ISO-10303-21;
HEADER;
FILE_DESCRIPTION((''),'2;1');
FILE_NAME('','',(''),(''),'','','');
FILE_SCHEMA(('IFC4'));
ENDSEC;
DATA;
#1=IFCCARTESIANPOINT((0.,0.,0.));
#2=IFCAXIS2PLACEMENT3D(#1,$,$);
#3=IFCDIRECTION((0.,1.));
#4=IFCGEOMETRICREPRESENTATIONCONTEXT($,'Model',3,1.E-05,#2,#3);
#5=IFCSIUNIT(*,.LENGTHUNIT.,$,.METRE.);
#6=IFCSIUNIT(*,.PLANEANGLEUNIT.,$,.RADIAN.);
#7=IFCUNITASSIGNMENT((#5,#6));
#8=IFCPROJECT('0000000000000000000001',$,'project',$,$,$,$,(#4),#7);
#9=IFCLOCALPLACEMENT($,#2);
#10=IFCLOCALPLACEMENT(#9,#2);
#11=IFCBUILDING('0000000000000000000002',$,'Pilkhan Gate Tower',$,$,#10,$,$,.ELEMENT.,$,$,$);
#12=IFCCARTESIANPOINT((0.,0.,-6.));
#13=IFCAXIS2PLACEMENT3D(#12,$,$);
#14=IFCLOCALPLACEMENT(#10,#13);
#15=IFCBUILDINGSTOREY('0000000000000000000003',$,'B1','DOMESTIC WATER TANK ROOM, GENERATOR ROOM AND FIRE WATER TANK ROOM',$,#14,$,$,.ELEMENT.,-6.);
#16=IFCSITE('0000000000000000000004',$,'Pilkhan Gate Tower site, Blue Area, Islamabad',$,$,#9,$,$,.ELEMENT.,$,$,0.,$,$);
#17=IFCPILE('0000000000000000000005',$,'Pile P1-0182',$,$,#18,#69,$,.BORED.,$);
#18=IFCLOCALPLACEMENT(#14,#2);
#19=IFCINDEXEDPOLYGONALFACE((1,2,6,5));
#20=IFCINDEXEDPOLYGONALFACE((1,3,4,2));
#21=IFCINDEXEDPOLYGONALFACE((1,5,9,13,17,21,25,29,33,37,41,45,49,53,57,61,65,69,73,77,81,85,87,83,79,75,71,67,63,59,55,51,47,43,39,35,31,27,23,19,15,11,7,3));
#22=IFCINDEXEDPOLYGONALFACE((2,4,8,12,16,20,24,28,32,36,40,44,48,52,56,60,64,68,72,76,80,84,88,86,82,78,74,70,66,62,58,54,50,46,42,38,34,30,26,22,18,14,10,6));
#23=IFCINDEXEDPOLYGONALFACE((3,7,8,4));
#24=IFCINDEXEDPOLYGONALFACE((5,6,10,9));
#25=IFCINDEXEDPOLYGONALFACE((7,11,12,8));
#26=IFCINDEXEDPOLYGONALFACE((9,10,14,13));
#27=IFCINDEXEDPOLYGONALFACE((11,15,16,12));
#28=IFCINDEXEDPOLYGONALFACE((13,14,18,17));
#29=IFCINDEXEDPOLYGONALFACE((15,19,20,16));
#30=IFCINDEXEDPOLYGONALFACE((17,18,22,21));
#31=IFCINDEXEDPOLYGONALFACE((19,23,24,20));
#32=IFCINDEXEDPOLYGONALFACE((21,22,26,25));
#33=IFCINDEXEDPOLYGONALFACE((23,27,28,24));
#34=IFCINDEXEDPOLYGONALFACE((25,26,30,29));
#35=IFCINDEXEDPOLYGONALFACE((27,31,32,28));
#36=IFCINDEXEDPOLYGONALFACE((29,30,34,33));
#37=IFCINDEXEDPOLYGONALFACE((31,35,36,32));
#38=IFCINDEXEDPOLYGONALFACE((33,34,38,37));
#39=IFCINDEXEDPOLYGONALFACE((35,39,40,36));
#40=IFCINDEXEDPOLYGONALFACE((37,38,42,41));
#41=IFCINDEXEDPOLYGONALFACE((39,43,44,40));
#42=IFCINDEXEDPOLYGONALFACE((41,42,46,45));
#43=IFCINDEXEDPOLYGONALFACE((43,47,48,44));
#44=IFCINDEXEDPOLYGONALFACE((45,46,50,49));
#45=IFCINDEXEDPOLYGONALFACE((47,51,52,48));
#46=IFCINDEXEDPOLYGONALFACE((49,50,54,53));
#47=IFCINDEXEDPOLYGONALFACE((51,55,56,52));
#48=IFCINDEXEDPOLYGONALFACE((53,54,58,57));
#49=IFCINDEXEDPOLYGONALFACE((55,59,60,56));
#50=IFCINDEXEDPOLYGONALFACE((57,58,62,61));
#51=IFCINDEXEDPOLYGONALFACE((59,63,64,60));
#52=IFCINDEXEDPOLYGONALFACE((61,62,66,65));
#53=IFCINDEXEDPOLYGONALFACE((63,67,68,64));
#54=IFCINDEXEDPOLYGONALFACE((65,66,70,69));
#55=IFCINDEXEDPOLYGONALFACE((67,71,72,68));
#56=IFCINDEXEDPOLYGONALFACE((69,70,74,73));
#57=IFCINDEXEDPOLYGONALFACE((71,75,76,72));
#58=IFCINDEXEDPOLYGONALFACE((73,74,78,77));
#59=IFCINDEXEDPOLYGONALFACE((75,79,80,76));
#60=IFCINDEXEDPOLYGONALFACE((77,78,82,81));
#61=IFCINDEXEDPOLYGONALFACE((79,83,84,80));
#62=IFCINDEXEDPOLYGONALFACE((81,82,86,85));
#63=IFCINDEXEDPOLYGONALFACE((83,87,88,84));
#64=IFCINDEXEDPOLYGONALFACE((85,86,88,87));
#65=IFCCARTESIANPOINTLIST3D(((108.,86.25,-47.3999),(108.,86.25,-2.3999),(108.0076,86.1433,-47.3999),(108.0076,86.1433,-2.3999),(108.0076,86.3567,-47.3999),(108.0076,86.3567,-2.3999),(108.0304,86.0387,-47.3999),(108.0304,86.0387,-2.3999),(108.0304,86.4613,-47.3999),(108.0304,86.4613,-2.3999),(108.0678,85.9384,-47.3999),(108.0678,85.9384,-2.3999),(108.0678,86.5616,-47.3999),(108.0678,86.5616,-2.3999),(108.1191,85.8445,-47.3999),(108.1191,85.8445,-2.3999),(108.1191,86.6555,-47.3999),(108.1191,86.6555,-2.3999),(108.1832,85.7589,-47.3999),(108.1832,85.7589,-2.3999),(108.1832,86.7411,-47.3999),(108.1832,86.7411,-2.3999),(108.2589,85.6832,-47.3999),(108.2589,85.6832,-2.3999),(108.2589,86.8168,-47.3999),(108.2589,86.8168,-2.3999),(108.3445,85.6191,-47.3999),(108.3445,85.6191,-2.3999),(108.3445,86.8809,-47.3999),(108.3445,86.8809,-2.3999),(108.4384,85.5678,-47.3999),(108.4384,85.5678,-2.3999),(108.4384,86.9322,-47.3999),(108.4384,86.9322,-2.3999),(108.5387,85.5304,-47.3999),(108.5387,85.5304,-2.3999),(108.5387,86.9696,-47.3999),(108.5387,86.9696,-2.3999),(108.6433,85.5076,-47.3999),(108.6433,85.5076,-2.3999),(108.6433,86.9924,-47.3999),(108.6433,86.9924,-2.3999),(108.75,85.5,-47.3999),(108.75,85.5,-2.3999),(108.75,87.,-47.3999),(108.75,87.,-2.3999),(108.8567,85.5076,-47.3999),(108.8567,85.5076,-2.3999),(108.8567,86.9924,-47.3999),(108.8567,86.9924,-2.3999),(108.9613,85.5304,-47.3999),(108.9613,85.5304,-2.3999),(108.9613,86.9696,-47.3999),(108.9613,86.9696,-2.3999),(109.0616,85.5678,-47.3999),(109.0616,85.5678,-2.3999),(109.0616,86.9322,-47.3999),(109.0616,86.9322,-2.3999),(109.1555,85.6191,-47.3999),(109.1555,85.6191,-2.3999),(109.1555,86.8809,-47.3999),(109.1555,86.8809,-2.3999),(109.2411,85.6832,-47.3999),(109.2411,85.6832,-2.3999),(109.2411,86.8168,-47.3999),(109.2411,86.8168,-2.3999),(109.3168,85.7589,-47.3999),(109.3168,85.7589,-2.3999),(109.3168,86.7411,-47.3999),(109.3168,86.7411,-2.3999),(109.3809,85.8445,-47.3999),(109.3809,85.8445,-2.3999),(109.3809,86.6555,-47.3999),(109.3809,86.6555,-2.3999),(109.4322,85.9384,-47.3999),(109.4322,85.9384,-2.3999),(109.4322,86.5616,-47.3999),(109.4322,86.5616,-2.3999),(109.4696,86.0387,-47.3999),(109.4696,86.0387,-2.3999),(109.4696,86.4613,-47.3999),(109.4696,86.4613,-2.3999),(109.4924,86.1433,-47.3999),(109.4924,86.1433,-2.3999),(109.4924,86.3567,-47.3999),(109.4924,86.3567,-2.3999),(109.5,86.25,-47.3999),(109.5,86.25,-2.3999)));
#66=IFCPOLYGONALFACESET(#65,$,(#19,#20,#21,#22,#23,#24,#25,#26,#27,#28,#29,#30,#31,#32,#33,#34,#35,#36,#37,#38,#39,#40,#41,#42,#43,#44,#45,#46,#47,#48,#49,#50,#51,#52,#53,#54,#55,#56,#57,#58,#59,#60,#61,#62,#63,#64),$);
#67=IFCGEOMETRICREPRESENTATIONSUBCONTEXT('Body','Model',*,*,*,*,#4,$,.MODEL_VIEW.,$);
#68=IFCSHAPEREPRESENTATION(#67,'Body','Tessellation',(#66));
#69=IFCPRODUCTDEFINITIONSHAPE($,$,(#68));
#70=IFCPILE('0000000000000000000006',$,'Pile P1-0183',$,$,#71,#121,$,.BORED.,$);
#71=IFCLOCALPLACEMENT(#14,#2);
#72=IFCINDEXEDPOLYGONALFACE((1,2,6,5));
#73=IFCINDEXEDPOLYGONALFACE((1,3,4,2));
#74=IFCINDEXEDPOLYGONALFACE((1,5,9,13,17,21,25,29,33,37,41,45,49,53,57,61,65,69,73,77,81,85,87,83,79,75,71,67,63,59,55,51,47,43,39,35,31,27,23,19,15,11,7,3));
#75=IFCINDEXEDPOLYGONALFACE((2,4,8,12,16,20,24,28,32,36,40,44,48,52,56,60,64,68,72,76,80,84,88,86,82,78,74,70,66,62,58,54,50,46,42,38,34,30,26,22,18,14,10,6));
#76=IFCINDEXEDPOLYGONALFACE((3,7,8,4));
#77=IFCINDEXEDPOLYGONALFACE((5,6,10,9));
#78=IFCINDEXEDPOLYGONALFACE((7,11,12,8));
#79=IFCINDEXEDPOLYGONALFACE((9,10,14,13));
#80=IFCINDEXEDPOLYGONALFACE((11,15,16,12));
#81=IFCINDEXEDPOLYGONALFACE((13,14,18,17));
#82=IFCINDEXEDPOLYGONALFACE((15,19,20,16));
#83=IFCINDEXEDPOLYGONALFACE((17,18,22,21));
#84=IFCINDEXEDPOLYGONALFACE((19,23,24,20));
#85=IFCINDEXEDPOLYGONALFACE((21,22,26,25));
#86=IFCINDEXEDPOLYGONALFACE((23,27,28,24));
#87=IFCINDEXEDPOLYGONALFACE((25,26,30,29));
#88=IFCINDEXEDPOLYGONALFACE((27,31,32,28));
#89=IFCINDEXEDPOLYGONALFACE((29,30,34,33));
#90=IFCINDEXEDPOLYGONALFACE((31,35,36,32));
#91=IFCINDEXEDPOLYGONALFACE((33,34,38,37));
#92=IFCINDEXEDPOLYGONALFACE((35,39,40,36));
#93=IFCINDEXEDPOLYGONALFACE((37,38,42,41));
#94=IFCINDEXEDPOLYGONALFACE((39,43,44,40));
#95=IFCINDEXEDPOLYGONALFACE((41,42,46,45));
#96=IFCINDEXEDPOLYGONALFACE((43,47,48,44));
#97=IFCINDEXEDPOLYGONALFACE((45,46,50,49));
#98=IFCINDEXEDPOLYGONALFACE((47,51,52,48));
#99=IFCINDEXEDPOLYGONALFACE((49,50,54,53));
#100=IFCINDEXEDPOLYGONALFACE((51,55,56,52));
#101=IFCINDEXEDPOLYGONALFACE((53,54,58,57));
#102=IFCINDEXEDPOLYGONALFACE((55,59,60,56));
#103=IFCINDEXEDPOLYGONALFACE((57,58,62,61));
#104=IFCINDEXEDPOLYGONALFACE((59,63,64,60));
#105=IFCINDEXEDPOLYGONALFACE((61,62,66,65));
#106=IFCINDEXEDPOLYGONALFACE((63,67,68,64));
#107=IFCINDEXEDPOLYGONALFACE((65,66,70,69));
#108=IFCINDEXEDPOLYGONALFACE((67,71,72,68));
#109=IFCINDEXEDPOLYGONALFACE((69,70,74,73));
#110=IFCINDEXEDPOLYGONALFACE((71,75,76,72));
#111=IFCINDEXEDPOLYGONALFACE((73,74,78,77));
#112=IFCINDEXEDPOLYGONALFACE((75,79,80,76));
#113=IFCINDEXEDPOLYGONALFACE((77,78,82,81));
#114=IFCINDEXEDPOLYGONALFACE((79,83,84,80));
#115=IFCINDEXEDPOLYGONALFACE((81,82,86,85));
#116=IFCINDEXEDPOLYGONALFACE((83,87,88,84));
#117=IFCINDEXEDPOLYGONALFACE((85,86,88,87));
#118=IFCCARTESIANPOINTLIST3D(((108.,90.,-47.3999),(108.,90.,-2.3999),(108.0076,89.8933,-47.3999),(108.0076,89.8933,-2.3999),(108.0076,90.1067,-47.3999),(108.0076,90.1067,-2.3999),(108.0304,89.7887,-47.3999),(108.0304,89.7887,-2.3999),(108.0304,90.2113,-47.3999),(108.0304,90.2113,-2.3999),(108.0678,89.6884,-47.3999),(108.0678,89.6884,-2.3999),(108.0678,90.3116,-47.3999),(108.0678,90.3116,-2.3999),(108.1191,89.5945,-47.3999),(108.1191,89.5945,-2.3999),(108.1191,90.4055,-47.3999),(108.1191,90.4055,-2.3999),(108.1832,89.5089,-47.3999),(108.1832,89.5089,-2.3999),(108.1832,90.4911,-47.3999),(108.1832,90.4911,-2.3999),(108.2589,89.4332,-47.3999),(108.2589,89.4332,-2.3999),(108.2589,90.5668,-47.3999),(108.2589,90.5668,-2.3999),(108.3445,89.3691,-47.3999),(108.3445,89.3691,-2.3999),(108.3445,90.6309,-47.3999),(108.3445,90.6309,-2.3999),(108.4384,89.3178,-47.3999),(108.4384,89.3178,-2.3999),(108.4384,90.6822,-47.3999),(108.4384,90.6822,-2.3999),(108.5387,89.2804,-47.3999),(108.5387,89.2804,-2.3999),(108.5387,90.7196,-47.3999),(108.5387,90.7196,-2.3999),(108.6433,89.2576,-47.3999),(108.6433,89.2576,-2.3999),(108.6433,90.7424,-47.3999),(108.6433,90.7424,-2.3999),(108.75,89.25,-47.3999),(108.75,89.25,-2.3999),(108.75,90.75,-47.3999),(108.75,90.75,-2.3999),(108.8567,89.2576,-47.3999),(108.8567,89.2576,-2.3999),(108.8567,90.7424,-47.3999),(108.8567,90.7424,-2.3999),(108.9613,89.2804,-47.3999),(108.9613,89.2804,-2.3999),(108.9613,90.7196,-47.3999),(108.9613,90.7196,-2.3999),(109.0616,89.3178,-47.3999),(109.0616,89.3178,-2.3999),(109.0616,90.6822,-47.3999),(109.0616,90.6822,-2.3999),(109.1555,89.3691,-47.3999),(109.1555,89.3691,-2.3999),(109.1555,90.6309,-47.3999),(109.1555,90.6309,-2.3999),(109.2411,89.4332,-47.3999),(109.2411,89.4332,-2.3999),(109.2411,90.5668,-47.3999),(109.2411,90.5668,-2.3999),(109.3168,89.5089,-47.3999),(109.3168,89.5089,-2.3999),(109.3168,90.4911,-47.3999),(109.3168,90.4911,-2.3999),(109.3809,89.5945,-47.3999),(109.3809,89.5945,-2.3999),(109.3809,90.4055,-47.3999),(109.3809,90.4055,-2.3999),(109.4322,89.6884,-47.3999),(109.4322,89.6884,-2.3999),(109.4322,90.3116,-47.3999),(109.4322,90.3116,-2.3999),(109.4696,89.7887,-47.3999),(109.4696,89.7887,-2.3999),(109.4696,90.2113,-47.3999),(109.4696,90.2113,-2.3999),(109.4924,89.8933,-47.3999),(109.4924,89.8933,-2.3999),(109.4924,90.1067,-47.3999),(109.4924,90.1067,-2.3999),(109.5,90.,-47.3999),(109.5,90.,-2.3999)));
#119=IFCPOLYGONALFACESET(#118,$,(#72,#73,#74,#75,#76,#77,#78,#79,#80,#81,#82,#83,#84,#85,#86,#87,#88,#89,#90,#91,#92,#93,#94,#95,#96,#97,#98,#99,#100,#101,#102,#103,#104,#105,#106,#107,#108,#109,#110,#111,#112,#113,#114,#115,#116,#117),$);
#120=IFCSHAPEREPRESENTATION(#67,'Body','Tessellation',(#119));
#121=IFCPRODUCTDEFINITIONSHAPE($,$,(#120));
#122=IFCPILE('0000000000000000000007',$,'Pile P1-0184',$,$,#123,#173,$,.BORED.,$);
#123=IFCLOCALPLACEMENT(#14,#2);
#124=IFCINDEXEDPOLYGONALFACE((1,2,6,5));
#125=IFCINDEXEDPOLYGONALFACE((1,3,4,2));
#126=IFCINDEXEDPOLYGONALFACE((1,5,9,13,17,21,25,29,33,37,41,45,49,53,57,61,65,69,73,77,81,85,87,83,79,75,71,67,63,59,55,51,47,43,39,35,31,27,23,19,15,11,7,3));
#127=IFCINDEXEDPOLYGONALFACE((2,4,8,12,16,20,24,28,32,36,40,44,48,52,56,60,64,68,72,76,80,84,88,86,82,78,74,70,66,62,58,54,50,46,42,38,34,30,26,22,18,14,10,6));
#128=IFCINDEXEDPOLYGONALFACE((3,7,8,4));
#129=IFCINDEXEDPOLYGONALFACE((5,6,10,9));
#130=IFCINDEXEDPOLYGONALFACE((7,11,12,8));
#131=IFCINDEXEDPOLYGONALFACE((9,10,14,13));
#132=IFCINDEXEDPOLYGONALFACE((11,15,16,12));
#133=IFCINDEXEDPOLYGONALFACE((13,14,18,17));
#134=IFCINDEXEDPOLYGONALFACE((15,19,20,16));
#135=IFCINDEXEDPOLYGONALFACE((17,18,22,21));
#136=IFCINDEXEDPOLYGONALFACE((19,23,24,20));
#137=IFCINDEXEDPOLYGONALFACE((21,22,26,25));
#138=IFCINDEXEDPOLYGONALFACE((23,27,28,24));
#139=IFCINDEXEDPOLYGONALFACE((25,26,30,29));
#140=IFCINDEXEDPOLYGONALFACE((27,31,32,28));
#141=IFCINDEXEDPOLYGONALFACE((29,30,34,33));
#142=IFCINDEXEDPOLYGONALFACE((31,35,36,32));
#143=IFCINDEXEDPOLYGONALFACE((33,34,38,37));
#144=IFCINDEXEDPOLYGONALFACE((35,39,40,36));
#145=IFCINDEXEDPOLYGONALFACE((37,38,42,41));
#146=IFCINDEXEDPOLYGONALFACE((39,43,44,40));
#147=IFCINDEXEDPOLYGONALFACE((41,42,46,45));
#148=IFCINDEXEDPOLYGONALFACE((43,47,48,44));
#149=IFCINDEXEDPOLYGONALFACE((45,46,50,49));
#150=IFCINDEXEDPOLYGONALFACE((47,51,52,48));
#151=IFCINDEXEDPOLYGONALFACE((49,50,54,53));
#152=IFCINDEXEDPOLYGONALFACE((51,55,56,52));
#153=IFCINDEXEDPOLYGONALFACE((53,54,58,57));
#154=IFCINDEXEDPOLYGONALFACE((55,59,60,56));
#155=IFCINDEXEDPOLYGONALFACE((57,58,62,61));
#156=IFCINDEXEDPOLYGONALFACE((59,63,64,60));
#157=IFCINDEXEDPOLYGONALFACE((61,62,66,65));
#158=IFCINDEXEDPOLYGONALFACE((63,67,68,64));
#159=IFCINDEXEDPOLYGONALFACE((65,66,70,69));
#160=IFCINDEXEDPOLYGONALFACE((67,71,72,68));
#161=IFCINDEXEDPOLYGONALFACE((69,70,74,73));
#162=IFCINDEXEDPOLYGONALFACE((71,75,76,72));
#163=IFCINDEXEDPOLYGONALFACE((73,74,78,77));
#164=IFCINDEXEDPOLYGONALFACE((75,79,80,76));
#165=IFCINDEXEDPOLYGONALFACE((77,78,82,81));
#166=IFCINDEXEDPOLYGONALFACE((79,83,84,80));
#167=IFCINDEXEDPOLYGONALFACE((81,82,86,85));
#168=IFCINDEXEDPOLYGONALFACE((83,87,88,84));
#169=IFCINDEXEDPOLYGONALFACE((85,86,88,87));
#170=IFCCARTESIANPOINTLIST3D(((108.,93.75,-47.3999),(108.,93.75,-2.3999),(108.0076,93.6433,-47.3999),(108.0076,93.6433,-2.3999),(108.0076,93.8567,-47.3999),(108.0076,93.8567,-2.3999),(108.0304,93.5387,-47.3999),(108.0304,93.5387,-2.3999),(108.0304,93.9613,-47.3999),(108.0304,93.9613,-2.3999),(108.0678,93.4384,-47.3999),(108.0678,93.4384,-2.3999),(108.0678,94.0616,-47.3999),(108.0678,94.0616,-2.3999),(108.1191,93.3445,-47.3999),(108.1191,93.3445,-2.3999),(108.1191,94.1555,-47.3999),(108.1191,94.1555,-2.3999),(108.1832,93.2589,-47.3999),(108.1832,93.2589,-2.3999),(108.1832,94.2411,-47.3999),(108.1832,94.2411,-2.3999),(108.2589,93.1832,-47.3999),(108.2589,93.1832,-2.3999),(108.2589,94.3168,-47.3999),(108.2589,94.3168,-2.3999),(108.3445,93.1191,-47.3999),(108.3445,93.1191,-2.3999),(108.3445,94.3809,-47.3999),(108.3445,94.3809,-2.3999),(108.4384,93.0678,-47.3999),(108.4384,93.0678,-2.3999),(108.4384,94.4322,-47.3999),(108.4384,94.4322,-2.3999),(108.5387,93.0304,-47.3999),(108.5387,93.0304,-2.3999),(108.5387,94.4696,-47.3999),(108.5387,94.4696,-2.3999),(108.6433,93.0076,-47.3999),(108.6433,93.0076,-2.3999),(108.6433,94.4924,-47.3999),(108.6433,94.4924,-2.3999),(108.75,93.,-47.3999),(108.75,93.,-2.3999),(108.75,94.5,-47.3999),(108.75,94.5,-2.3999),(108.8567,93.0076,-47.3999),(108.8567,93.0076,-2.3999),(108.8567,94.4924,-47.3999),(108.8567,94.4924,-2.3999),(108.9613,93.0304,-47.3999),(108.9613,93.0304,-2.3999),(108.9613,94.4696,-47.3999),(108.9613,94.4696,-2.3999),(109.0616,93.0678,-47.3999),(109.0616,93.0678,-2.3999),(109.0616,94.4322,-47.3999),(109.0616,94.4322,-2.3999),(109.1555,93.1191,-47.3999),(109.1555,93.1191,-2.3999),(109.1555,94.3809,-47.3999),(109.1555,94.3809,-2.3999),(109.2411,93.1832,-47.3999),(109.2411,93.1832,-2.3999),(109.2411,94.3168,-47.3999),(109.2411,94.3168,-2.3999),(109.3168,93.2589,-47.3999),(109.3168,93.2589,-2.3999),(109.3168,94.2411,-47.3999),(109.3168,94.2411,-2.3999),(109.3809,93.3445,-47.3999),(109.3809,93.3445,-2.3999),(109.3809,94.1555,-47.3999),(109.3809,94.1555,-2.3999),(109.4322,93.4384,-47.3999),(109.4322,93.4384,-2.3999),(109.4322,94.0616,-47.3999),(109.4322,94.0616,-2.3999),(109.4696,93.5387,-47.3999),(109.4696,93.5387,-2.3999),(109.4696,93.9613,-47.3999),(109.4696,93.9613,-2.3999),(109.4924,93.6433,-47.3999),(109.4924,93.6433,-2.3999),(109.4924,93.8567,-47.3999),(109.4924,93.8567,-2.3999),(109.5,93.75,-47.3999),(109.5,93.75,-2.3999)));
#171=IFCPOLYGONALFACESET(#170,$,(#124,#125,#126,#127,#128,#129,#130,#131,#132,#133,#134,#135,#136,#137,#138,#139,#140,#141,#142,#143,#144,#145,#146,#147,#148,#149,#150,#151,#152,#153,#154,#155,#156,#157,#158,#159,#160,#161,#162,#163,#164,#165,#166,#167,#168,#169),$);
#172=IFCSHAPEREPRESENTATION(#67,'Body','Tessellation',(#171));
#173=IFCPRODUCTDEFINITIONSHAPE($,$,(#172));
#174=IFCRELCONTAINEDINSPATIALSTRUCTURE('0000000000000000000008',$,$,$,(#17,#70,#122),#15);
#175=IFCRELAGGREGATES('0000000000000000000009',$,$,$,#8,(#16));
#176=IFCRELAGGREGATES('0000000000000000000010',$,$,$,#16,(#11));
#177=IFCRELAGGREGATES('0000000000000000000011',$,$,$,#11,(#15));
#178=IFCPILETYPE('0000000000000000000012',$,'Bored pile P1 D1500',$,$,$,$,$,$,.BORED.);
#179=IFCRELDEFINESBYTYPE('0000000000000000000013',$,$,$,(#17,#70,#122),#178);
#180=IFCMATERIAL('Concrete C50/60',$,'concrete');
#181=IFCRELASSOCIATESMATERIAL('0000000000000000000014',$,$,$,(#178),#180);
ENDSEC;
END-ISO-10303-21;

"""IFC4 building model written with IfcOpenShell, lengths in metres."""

from ifc_helpers import new_model, si_unit, direction, frame, origin, origin_2d, place, context, subcontext, project, spatial, circle, extrude, material, material_profile, profile_set, type_object, element, save


model = new_model("IFC4")

# Units and contexts
model_context = context("Model", 3, precision=1e-05, world=origin(), true_north=direction((0.0, 1.0)))
body_context = subcontext(model_context, "Body", "Model", "MODEL_VIEW")
ifc_project = project(units=[si_unit("LENGTHUNIT", "METRE"), si_unit("PLANEANGLEUNIT", "RADIAN")], contexts=[model_context])

# Site, building, storey
site_placement = place(None, origin())
site = spatial("IfcSite", under=ifc_project, at=site_placement, Name="Pilkhan Gate Tower site, Blue Area, Islamabad", CompositionType="ELEMENT", RefElevation=0.0)
building_placement = place(site_placement, origin())
building = spatial("IfcBuilding", under=site, at=building_placement, Name="Pilkhan Gate Tower", CompositionType="ELEMENT")
storey_placement = place(building_placement, frame((0.0, 0.0, -6.0)))
storey = spatial("IfcBuildingStorey", under=building, at=storey_placement, Name="B1", Description="DOMESTIC WATER TANK ROOM, GENERATOR ROOM AND FIRE WATER TANK ROOM", CompositionType="ELEMENT", Elevation=-6.0)

# Piles
ifc_material_1 = material(Name="Concrete C50/60", Category="concrete")
ifc_material_profile_1 = material_profile(ifc_material_1, circle(Radius=0.75, at=origin_2d()), Name="Bored pile 1500 dia")
ifc_profile_set_1 = profile_set([ifc_material_profile_1], Name="Concrete C50/60")
pile_type = type_object("IfcPileType", Name="Bored pile P1 D1500", PredefinedType="BORED", material=ifc_profile_set_1)
for number, where, z_axis, x_axis, name in (
    (1, (108.75, 86.25, -2.3999), (0.0, 0.0, -1.0), (1.0, 0.0, 0.0), "Pile P1-0182"),
    (2, (108.75, 90.0, -2.3999), (0.0, 0.0, -1.0), (1.0, 0.0, 0.0), "Pile P1-0183"),
    (3, (108.75, 93.75, -2.3999), (0.0, 0.0, -1.0), (1.0, 0.0, 0.0), "Pile P1-0184"),
):
    element("IfcPile", number, at=place(storey_placement, frame(where, z_axis=z_axis, x_axis=x_axis)), inside=storey, type_object=pile_type, Name=name, PredefinedType="BORED", context=body_context, shape_type="SweptSolid", body=[
        extrude(circle(Radius=0.75, at=origin_2d()), origin(), (0.0, 0.0, 1.0), 45.0),
    ])

save(model, "model.ifc")
